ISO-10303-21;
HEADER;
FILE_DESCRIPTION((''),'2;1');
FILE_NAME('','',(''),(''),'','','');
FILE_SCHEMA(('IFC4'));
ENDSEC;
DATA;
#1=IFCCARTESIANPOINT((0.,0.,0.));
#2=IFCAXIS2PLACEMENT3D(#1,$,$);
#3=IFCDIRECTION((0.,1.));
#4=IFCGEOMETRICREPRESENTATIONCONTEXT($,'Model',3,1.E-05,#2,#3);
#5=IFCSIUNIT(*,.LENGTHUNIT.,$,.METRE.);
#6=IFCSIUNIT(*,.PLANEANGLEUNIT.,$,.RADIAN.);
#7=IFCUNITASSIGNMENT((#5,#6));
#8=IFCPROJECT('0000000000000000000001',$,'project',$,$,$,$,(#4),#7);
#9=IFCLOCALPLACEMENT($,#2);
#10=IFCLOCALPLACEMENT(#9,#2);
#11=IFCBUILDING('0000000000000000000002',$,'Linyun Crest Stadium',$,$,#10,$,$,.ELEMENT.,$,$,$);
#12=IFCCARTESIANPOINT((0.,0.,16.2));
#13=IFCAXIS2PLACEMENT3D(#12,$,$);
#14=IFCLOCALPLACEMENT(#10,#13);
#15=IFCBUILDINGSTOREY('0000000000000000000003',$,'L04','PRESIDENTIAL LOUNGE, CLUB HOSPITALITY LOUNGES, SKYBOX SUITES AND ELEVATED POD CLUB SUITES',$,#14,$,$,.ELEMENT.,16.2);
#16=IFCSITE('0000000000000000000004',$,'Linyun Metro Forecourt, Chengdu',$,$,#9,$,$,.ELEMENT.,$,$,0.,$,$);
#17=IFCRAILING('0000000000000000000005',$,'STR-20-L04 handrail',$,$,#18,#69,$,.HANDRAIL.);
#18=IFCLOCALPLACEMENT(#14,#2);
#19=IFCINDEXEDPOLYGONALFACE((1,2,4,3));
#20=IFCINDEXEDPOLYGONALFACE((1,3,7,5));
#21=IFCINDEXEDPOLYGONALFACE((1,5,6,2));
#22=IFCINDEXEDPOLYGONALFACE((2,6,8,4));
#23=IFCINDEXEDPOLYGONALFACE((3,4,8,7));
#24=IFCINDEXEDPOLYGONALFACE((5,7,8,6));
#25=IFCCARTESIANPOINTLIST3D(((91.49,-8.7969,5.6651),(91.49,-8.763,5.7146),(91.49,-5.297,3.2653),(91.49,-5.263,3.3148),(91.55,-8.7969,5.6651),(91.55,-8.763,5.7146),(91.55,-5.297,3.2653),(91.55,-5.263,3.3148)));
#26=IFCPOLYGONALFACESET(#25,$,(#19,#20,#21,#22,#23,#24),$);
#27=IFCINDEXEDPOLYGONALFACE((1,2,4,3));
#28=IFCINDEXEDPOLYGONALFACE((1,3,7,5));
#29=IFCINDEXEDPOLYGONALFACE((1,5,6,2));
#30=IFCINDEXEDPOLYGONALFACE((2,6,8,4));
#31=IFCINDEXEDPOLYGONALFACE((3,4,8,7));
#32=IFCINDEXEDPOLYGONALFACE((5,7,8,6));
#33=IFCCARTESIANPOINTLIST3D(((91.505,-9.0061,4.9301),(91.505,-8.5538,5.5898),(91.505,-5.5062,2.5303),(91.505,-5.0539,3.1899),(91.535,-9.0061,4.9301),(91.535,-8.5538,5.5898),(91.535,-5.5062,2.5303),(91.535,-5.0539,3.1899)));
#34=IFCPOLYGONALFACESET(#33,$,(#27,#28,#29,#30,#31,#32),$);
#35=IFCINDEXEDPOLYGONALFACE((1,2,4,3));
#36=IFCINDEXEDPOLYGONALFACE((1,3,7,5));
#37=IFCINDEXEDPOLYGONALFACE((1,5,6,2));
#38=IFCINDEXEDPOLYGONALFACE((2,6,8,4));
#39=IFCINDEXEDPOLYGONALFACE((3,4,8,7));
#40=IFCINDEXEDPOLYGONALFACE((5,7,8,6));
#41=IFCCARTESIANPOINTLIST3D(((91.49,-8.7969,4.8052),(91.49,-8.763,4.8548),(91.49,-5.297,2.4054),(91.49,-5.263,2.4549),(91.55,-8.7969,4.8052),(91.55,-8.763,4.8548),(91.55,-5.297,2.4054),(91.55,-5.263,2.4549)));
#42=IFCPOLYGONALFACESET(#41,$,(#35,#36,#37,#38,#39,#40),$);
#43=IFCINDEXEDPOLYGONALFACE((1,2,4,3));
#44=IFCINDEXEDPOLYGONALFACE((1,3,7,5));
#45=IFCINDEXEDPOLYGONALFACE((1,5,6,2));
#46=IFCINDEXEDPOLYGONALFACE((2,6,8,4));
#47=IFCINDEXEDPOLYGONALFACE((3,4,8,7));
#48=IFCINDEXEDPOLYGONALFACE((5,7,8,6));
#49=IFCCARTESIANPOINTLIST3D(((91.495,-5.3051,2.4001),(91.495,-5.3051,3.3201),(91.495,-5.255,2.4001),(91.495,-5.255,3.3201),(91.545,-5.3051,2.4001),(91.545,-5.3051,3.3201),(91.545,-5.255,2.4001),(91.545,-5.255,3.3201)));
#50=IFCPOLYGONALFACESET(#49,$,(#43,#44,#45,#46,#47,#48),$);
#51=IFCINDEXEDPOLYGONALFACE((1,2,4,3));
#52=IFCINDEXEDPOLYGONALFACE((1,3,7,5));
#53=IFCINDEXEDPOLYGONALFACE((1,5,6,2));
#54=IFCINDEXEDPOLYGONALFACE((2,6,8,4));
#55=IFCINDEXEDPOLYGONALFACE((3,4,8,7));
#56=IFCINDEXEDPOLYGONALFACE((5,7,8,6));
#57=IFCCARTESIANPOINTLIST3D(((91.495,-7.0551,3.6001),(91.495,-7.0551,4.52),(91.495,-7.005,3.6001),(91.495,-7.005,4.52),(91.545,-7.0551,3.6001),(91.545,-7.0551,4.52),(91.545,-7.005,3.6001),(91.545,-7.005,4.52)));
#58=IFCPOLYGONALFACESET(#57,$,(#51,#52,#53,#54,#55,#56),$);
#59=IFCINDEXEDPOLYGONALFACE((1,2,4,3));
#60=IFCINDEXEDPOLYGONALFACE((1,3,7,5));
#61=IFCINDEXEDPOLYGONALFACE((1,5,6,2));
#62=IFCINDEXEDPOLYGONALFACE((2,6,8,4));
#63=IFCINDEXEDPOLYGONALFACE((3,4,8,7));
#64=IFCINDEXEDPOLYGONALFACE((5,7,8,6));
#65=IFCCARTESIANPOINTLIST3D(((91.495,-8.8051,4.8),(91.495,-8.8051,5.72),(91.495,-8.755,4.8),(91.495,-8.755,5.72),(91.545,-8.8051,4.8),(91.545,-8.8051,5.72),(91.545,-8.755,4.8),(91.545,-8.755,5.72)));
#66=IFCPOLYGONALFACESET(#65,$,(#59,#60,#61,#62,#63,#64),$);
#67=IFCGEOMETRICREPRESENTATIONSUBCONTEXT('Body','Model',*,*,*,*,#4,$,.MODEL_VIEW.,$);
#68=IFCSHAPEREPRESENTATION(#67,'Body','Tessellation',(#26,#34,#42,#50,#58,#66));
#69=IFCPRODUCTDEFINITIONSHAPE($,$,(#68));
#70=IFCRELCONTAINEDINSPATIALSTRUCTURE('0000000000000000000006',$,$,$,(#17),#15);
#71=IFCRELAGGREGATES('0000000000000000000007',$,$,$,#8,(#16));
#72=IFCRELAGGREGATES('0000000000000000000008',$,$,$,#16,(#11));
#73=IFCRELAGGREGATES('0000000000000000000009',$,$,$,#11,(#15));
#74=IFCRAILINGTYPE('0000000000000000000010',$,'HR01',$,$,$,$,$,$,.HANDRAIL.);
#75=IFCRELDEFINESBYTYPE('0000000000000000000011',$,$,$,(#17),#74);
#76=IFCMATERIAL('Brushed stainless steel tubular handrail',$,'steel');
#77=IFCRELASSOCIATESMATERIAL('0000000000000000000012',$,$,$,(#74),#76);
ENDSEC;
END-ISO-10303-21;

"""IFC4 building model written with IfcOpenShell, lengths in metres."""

from ifc_helpers import new_model, si_unit, direction, frame, origin, origin_2d, place, context, subcontext, project, spatial, rectangle, extrude, material, type_object, element, save


model = new_model("IFC4")

# Units and contexts
model_context = context("Model", 3, precision=1e-05, world=origin(), true_north=direction((0.0, 1.0)))
body_context = subcontext(model_context, "Body", "Model", "MODEL_VIEW")
ifc_project = project(units=[si_unit("LENGTHUNIT", "METRE"), si_unit("PLANEANGLEUNIT", "RADIAN")], contexts=[model_context])

# Site, building, storey
site_placement = place(None, origin())
site = spatial("IfcSite", under=ifc_project, at=site_placement, Name="Linyun Metro Forecourt, Chengdu", CompositionType="ELEMENT", RefElevation=0.0)
building_placement = place(site_placement, origin())
building = spatial("IfcBuilding", under=site, at=building_placement, Name="Linyun Crest Stadium", CompositionType="ELEMENT")
storey_placement = place(building_placement, frame((0.0, 0.0, 16.2)))
storey = spatial("IfcBuildingStorey", under=building, at=storey_placement, Name="L04", Description="PRESIDENTIAL LOUNGE, CLUB HOSPITALITY LOUNGES, SKYBOX SUITES AND ELEVATED POD CLUB SUITES", CompositionType="ELEMENT", Elevation=16.2)

# Railing
ifc_material_1 = material(Name="Brushed stainless steel tubular handrail", Category="steel")
railing_type_1 = type_object("IfcRailingType", Name="HR01", PredefinedType="HANDRAIL", material=ifc_material_1)
railing_1_placement = place(storey_placement, frame((91.52, -5.28, 2.4001)))
element("IfcRailing", 1, at=railing_1_placement, inside=storey, type_object=railing_type_1, Name="STR-20-L04 handrail", PredefinedType="HANDRAIL", context=body_context, shape_type="SweptSolid", body=[
    extrude(rectangle(XDim=0.0601, YDim=0.0601, at=origin_2d()), frame((0.0, 0.0, 0.8899), z_axis=(0.0, -0.82474, 0.565513), x_axis=(1.0, 0.0, 0.0)), (0.0, 0.0, 1.0), 4.2437),
    extrude(rectangle(XDim=0.03, YDim=0.7998, at=origin_2d()), frame((0.0, 0.0, 0.46), z_axis=(0.0, -0.82474, 0.565513), x_axis=(1.0, 0.0, 0.0)), (0.0, 0.0, 1.0), 4.2437),
    extrude(rectangle(XDim=0.0601, YDim=0.0601, at=origin_2d()), frame((0.0, 0.0, 0.03), z_axis=(0.0, -0.82474, 0.565513), x_axis=(1.0, 0.0, 0.0)), (0.0, 0.0, 1.0), 4.2437),
    extrude(rectangle(XDim=0.05, YDim=0.05, at=origin_2d()), origin(), (0.0, 0.0, 1.0), 0.9199),
    extrude(rectangle(XDim=0.05, YDim=0.05, at=origin_2d()), frame((0.0, -1.75, 1.2)), (0.0, 0.0, 1.0), 0.9199),
    extrude(rectangle(XDim=0.05, YDim=0.05, at=origin_2d()), frame((0.0, -3.5, 2.3999)), (0.0, 0.0, 1.0), 0.9199),
])

save(model, "model.ifc")
